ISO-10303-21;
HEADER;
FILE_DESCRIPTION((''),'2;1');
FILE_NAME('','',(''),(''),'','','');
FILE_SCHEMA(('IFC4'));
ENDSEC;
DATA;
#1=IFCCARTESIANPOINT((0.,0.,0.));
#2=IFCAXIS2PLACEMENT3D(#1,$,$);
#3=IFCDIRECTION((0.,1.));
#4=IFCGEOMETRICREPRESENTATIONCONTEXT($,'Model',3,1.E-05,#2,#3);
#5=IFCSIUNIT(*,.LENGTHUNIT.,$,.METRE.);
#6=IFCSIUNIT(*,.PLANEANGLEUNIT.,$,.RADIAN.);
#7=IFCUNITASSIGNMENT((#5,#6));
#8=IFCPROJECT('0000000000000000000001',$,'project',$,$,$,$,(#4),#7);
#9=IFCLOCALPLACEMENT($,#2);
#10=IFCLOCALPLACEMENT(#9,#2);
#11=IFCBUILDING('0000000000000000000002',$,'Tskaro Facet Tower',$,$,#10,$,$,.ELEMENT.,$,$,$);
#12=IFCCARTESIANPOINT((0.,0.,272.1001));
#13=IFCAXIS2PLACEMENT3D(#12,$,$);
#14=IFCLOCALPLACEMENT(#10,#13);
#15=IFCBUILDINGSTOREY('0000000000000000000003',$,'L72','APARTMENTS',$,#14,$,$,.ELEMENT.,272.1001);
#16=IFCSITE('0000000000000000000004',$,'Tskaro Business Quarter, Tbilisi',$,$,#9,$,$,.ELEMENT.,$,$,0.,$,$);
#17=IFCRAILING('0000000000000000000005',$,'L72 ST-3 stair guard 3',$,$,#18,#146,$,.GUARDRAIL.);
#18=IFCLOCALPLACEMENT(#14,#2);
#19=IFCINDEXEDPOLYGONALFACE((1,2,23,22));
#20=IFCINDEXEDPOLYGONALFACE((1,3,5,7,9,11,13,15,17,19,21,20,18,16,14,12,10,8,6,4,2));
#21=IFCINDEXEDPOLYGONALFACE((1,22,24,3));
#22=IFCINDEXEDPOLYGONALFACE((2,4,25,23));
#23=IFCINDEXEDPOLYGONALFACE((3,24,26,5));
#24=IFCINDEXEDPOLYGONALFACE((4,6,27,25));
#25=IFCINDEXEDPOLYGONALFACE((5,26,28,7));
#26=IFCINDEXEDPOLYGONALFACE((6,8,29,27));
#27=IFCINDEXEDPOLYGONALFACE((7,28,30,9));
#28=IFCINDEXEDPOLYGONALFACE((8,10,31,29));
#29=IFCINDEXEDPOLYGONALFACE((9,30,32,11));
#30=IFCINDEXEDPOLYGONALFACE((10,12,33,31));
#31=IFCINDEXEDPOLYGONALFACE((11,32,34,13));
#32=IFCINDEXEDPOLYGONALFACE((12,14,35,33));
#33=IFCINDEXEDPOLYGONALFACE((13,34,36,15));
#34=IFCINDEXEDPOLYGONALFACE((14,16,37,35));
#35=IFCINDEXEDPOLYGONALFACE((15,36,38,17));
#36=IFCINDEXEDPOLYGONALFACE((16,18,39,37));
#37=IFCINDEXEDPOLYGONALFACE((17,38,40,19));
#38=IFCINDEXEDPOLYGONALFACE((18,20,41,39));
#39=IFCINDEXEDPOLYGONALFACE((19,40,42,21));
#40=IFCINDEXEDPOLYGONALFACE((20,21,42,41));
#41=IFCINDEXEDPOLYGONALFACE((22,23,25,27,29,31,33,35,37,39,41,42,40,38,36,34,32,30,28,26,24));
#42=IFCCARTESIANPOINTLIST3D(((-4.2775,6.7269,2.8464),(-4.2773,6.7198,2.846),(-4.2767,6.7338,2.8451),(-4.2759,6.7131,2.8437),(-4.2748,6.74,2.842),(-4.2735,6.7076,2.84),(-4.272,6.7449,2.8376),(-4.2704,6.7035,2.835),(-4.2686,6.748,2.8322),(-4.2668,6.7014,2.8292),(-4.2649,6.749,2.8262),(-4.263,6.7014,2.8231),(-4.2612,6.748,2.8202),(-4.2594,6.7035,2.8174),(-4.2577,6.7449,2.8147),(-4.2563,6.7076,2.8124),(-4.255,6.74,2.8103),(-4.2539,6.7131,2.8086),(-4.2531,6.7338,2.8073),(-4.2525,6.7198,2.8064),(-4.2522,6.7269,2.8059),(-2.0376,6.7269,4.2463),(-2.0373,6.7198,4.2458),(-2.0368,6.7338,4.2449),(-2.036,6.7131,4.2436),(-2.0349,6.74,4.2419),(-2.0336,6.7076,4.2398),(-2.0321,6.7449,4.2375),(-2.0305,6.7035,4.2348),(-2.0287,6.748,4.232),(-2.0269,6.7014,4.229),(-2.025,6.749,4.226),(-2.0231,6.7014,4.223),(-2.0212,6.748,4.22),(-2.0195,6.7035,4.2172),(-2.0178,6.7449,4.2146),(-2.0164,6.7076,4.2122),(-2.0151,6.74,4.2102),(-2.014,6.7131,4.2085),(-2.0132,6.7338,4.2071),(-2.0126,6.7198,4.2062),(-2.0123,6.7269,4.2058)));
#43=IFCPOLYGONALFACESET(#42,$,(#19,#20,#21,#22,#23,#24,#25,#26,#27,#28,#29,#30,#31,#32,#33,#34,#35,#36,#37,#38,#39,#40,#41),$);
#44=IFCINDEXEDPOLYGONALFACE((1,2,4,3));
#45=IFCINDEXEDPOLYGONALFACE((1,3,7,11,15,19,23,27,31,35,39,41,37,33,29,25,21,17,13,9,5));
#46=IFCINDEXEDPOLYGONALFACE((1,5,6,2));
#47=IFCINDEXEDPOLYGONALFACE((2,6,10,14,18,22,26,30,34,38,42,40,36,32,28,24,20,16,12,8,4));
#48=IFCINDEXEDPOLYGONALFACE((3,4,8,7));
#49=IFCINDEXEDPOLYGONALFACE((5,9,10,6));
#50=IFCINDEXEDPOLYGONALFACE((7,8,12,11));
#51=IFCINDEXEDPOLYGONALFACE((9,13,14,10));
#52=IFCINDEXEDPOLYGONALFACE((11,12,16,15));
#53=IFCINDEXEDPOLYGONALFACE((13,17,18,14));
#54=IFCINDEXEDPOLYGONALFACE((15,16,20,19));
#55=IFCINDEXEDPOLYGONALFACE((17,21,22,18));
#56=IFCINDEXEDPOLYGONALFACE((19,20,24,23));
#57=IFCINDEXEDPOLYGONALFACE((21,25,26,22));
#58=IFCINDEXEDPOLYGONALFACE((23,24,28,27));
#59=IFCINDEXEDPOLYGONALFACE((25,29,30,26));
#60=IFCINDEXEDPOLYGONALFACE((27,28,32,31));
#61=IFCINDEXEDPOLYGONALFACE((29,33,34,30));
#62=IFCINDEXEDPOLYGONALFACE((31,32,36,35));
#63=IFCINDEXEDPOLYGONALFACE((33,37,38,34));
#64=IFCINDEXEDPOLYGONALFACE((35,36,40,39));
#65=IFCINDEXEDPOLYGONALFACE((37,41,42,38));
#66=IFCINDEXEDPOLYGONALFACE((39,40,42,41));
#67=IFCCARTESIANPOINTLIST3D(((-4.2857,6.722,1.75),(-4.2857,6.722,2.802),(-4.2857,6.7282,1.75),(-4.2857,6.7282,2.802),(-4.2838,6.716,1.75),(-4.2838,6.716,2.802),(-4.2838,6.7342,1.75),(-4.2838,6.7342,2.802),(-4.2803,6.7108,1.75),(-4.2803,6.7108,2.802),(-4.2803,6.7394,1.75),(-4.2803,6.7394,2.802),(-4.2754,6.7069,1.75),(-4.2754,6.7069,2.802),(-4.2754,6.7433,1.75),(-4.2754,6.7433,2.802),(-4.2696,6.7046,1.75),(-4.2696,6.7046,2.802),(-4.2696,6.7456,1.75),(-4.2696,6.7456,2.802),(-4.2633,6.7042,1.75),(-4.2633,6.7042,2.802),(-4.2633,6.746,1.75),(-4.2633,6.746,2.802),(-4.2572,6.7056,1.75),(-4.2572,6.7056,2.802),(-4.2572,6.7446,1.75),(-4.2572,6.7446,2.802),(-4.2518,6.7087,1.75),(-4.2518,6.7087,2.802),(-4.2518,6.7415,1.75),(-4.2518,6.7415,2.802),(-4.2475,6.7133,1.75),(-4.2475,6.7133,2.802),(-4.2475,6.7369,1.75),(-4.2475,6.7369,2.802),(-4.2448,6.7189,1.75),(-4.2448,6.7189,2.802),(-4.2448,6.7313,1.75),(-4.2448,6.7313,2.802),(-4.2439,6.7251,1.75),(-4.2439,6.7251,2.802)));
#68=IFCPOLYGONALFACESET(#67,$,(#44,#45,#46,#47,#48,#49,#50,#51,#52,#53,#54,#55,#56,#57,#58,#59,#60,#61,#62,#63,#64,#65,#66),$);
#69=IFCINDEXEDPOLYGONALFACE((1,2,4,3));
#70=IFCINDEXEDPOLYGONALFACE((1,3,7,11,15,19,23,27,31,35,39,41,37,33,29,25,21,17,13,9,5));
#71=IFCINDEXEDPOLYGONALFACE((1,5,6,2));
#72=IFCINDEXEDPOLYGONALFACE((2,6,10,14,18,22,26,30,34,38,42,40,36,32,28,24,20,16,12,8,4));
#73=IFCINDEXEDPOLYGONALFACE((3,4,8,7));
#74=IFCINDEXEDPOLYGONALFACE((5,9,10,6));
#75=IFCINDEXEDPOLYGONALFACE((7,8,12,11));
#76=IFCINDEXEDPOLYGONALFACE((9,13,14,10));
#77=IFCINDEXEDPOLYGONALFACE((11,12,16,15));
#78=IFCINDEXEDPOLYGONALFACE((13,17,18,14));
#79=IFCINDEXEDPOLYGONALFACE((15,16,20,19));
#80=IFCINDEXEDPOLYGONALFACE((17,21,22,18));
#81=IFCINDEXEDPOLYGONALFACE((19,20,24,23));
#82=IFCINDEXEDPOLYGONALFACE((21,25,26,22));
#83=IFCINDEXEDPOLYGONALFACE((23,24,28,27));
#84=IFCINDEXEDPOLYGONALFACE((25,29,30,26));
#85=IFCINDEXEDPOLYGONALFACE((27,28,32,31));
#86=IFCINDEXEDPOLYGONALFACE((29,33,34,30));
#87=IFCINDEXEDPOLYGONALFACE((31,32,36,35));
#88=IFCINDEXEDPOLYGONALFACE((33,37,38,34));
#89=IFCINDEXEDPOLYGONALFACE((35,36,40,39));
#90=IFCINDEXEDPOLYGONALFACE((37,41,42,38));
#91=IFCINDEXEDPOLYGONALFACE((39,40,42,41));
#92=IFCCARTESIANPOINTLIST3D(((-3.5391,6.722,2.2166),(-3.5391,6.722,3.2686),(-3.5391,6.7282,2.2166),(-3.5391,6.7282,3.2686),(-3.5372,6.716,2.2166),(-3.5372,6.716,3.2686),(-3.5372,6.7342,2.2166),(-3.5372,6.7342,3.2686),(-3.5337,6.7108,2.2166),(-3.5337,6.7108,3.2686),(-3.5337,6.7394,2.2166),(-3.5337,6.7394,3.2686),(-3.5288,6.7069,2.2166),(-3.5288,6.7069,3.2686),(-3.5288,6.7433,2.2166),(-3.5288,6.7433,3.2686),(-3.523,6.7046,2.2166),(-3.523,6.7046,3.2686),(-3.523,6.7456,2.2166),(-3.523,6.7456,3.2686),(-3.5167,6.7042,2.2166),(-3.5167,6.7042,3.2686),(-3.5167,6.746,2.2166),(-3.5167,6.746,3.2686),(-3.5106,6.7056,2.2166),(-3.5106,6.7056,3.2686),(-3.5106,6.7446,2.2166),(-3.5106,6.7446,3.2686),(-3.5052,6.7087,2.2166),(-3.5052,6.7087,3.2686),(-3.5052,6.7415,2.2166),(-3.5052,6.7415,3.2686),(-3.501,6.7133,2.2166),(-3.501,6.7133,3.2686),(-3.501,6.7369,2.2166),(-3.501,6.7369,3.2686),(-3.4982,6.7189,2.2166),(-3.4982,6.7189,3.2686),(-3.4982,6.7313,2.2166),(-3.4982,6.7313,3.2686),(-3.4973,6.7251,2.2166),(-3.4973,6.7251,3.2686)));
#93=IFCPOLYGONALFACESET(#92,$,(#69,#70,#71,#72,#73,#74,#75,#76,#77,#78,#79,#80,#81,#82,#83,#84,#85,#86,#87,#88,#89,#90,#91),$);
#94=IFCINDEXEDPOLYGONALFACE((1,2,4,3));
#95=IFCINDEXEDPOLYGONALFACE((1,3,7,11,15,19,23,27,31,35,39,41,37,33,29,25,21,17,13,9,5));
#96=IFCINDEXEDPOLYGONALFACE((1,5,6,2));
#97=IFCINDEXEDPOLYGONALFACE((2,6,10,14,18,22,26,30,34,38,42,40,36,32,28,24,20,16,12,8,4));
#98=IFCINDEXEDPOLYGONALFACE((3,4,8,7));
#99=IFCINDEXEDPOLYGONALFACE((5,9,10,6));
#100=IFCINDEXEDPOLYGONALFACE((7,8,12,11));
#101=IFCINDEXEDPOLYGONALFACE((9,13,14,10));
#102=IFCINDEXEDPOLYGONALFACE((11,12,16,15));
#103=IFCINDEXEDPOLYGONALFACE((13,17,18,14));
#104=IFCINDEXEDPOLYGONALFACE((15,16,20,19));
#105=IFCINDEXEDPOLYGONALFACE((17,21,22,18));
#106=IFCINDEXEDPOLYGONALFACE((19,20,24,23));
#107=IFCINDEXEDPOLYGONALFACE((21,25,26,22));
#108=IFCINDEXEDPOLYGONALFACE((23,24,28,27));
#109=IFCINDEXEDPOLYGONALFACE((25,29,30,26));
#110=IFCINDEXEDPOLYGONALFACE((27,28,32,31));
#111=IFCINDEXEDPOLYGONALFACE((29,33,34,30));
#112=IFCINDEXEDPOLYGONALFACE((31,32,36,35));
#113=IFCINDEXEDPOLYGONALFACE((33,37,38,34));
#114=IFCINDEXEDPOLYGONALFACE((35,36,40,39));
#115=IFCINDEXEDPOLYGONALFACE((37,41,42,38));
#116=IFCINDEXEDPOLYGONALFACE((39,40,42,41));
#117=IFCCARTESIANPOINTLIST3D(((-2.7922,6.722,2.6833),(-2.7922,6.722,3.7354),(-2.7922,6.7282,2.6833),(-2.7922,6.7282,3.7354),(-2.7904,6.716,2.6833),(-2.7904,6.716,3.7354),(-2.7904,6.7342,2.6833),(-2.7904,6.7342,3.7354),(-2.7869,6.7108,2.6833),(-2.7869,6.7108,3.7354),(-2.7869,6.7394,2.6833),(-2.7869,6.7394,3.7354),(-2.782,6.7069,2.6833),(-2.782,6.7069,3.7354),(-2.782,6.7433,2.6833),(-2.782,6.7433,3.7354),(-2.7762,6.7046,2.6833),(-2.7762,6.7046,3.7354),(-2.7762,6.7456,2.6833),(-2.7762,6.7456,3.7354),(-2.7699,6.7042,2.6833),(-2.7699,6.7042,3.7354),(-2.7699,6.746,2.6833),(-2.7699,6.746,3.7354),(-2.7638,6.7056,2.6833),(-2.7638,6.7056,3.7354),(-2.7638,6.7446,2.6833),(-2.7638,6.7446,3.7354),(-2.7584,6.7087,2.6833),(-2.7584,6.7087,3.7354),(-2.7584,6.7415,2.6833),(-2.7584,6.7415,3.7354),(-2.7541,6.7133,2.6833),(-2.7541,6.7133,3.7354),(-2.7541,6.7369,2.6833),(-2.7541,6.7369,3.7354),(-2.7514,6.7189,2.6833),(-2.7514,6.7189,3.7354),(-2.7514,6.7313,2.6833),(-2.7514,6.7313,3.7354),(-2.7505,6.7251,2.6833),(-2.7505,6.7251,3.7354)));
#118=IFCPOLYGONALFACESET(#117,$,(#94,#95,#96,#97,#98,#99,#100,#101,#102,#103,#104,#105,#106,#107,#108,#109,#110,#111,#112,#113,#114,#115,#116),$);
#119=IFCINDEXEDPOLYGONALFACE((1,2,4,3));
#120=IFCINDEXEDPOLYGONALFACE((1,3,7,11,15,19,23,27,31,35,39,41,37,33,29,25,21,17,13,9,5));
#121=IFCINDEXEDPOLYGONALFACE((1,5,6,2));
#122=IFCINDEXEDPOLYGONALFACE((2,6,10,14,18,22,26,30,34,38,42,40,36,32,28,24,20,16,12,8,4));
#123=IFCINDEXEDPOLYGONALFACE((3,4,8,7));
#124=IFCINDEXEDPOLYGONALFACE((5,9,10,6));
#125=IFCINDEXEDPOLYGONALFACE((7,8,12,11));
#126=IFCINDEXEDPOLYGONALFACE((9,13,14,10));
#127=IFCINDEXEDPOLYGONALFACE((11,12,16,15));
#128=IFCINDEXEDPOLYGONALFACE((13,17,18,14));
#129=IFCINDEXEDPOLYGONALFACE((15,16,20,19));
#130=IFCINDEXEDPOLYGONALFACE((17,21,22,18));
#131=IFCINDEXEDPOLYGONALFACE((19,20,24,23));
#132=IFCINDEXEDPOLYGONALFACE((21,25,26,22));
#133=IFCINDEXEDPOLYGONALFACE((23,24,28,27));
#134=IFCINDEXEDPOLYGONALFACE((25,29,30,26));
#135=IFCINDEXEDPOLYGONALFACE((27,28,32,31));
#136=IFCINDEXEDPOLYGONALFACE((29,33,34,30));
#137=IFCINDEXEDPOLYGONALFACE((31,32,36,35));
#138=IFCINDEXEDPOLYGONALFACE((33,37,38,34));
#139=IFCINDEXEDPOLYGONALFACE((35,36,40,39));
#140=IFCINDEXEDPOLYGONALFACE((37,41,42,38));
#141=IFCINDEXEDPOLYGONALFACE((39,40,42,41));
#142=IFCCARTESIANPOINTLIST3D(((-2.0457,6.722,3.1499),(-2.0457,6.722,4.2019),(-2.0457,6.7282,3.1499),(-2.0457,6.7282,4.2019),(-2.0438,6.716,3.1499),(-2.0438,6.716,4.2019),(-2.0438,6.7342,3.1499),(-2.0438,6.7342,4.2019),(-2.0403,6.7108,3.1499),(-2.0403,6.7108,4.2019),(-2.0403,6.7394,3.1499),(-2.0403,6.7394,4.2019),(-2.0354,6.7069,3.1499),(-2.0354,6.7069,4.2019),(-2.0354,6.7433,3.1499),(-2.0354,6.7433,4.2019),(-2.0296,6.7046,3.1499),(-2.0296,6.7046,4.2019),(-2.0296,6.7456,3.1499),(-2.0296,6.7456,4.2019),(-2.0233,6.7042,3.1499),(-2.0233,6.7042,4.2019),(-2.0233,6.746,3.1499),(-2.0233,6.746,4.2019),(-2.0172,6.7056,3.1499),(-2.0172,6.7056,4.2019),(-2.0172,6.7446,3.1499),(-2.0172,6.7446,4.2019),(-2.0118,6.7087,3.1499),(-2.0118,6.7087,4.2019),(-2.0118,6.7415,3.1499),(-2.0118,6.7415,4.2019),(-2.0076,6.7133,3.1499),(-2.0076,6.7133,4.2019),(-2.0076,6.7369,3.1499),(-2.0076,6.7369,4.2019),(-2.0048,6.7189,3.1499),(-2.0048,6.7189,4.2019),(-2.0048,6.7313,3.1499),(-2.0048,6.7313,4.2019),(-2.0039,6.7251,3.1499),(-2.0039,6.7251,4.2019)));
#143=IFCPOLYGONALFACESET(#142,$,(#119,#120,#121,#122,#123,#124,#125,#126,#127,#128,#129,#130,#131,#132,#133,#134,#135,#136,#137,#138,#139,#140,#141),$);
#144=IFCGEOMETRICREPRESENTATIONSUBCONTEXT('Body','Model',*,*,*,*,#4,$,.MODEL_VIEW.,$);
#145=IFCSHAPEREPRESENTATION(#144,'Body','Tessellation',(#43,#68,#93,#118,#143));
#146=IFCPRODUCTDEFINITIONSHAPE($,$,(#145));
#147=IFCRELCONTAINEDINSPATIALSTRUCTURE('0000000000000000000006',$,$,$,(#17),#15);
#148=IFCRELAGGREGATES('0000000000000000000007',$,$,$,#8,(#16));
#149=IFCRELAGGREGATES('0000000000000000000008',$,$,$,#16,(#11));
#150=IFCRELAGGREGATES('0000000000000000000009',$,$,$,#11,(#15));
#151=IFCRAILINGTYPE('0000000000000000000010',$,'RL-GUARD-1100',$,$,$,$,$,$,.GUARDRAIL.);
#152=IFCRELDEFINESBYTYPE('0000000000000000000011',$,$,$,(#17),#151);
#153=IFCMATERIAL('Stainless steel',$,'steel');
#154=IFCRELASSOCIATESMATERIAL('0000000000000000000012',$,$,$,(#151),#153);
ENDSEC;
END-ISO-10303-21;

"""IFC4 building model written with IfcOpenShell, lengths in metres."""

from ifc_helpers import new_model, si_unit, direction, frame, origin, origin_2d, place, context, subcontext, project, spatial, circle, extrude, material, type_object, element, save


model = new_model("IFC4")

# Units and contexts
model_context = context("Model", 3, precision=1e-05, world=origin(), true_north=direction((0.0, 1.0)))
body_context = subcontext(model_context, "Body", "Model", "MODEL_VIEW")
ifc_project = project(units=[si_unit("LENGTHUNIT", "METRE"), si_unit("PLANEANGLEUNIT", "RADIAN")], contexts=[model_context])

# Site, building, storey
site_placement = place(None, origin())
site = spatial("IfcSite", under=ifc_project, at=site_placement, Name="Tskaro Business Quarter, Tbilisi", CompositionType="ELEMENT", RefElevation=0.0)
building_placement = place(site_placement, origin())
building = spatial("IfcBuilding", under=site, at=building_placement, Name="Tskaro Facet Tower", CompositionType="ELEMENT")
storey_placement = place(building_placement, frame((0.0, 0.0, 272.1001)))
storey = spatial("IfcBuildingStorey", under=building, at=storey_placement, Name="L72", Description="APARTMENTS", CompositionType="ELEMENT", Elevation=272.1001)

# Railing
ifc_material_1 = material(Name="Stainless steel", Category="steel")
railing_type_1 = type_object("IfcRailingType", Name="RL-GUARD-1100", PredefinedType="GUARDRAIL", material=ifc_material_1)
railing_1_placement = place(storey_placement, frame((-4.2649, 6.7251, 1.75)))
element("IfcRailing", 1, at=railing_1_placement, inside=storey, type_object=railing_type_1, Name="L72 ST-3 stair guard 3", PredefinedType="GUARDRAIL", context=body_context, shape_type="SweptSolid", body=[
    extrude(circle(Radius=0.0239, at=origin_2d()), frame((0.0, 0.0, 1.0762), z_axis=(0.848014, 0.0, 0.529974), x_axis=(0.0, 1.0, 0.0)), (0.0, 0.0, 1.0), 2.6414),
    extrude(circle(Radius=0.021, at=origin_2d()), origin(), (0.0, 0.0, 1.0), 1.052),
    extrude(circle(Radius=0.021, at=origin_2d()), frame((0.7466, 0.0, 0.4666)), (0.0, 0.0, 1.0), 1.052),
    extrude(circle(Radius=0.021, at=origin_2d()), frame((1.4934, 0.0, 0.9333)), (0.0, 0.0, 1.0), 1.052),
    extrude(circle(Radius=0.021, at=origin_2d()), frame((2.24, 0.0, 1.3999)), (0.0, 0.0, 1.0), 1.052),
])

save(model, "model.ifc")
